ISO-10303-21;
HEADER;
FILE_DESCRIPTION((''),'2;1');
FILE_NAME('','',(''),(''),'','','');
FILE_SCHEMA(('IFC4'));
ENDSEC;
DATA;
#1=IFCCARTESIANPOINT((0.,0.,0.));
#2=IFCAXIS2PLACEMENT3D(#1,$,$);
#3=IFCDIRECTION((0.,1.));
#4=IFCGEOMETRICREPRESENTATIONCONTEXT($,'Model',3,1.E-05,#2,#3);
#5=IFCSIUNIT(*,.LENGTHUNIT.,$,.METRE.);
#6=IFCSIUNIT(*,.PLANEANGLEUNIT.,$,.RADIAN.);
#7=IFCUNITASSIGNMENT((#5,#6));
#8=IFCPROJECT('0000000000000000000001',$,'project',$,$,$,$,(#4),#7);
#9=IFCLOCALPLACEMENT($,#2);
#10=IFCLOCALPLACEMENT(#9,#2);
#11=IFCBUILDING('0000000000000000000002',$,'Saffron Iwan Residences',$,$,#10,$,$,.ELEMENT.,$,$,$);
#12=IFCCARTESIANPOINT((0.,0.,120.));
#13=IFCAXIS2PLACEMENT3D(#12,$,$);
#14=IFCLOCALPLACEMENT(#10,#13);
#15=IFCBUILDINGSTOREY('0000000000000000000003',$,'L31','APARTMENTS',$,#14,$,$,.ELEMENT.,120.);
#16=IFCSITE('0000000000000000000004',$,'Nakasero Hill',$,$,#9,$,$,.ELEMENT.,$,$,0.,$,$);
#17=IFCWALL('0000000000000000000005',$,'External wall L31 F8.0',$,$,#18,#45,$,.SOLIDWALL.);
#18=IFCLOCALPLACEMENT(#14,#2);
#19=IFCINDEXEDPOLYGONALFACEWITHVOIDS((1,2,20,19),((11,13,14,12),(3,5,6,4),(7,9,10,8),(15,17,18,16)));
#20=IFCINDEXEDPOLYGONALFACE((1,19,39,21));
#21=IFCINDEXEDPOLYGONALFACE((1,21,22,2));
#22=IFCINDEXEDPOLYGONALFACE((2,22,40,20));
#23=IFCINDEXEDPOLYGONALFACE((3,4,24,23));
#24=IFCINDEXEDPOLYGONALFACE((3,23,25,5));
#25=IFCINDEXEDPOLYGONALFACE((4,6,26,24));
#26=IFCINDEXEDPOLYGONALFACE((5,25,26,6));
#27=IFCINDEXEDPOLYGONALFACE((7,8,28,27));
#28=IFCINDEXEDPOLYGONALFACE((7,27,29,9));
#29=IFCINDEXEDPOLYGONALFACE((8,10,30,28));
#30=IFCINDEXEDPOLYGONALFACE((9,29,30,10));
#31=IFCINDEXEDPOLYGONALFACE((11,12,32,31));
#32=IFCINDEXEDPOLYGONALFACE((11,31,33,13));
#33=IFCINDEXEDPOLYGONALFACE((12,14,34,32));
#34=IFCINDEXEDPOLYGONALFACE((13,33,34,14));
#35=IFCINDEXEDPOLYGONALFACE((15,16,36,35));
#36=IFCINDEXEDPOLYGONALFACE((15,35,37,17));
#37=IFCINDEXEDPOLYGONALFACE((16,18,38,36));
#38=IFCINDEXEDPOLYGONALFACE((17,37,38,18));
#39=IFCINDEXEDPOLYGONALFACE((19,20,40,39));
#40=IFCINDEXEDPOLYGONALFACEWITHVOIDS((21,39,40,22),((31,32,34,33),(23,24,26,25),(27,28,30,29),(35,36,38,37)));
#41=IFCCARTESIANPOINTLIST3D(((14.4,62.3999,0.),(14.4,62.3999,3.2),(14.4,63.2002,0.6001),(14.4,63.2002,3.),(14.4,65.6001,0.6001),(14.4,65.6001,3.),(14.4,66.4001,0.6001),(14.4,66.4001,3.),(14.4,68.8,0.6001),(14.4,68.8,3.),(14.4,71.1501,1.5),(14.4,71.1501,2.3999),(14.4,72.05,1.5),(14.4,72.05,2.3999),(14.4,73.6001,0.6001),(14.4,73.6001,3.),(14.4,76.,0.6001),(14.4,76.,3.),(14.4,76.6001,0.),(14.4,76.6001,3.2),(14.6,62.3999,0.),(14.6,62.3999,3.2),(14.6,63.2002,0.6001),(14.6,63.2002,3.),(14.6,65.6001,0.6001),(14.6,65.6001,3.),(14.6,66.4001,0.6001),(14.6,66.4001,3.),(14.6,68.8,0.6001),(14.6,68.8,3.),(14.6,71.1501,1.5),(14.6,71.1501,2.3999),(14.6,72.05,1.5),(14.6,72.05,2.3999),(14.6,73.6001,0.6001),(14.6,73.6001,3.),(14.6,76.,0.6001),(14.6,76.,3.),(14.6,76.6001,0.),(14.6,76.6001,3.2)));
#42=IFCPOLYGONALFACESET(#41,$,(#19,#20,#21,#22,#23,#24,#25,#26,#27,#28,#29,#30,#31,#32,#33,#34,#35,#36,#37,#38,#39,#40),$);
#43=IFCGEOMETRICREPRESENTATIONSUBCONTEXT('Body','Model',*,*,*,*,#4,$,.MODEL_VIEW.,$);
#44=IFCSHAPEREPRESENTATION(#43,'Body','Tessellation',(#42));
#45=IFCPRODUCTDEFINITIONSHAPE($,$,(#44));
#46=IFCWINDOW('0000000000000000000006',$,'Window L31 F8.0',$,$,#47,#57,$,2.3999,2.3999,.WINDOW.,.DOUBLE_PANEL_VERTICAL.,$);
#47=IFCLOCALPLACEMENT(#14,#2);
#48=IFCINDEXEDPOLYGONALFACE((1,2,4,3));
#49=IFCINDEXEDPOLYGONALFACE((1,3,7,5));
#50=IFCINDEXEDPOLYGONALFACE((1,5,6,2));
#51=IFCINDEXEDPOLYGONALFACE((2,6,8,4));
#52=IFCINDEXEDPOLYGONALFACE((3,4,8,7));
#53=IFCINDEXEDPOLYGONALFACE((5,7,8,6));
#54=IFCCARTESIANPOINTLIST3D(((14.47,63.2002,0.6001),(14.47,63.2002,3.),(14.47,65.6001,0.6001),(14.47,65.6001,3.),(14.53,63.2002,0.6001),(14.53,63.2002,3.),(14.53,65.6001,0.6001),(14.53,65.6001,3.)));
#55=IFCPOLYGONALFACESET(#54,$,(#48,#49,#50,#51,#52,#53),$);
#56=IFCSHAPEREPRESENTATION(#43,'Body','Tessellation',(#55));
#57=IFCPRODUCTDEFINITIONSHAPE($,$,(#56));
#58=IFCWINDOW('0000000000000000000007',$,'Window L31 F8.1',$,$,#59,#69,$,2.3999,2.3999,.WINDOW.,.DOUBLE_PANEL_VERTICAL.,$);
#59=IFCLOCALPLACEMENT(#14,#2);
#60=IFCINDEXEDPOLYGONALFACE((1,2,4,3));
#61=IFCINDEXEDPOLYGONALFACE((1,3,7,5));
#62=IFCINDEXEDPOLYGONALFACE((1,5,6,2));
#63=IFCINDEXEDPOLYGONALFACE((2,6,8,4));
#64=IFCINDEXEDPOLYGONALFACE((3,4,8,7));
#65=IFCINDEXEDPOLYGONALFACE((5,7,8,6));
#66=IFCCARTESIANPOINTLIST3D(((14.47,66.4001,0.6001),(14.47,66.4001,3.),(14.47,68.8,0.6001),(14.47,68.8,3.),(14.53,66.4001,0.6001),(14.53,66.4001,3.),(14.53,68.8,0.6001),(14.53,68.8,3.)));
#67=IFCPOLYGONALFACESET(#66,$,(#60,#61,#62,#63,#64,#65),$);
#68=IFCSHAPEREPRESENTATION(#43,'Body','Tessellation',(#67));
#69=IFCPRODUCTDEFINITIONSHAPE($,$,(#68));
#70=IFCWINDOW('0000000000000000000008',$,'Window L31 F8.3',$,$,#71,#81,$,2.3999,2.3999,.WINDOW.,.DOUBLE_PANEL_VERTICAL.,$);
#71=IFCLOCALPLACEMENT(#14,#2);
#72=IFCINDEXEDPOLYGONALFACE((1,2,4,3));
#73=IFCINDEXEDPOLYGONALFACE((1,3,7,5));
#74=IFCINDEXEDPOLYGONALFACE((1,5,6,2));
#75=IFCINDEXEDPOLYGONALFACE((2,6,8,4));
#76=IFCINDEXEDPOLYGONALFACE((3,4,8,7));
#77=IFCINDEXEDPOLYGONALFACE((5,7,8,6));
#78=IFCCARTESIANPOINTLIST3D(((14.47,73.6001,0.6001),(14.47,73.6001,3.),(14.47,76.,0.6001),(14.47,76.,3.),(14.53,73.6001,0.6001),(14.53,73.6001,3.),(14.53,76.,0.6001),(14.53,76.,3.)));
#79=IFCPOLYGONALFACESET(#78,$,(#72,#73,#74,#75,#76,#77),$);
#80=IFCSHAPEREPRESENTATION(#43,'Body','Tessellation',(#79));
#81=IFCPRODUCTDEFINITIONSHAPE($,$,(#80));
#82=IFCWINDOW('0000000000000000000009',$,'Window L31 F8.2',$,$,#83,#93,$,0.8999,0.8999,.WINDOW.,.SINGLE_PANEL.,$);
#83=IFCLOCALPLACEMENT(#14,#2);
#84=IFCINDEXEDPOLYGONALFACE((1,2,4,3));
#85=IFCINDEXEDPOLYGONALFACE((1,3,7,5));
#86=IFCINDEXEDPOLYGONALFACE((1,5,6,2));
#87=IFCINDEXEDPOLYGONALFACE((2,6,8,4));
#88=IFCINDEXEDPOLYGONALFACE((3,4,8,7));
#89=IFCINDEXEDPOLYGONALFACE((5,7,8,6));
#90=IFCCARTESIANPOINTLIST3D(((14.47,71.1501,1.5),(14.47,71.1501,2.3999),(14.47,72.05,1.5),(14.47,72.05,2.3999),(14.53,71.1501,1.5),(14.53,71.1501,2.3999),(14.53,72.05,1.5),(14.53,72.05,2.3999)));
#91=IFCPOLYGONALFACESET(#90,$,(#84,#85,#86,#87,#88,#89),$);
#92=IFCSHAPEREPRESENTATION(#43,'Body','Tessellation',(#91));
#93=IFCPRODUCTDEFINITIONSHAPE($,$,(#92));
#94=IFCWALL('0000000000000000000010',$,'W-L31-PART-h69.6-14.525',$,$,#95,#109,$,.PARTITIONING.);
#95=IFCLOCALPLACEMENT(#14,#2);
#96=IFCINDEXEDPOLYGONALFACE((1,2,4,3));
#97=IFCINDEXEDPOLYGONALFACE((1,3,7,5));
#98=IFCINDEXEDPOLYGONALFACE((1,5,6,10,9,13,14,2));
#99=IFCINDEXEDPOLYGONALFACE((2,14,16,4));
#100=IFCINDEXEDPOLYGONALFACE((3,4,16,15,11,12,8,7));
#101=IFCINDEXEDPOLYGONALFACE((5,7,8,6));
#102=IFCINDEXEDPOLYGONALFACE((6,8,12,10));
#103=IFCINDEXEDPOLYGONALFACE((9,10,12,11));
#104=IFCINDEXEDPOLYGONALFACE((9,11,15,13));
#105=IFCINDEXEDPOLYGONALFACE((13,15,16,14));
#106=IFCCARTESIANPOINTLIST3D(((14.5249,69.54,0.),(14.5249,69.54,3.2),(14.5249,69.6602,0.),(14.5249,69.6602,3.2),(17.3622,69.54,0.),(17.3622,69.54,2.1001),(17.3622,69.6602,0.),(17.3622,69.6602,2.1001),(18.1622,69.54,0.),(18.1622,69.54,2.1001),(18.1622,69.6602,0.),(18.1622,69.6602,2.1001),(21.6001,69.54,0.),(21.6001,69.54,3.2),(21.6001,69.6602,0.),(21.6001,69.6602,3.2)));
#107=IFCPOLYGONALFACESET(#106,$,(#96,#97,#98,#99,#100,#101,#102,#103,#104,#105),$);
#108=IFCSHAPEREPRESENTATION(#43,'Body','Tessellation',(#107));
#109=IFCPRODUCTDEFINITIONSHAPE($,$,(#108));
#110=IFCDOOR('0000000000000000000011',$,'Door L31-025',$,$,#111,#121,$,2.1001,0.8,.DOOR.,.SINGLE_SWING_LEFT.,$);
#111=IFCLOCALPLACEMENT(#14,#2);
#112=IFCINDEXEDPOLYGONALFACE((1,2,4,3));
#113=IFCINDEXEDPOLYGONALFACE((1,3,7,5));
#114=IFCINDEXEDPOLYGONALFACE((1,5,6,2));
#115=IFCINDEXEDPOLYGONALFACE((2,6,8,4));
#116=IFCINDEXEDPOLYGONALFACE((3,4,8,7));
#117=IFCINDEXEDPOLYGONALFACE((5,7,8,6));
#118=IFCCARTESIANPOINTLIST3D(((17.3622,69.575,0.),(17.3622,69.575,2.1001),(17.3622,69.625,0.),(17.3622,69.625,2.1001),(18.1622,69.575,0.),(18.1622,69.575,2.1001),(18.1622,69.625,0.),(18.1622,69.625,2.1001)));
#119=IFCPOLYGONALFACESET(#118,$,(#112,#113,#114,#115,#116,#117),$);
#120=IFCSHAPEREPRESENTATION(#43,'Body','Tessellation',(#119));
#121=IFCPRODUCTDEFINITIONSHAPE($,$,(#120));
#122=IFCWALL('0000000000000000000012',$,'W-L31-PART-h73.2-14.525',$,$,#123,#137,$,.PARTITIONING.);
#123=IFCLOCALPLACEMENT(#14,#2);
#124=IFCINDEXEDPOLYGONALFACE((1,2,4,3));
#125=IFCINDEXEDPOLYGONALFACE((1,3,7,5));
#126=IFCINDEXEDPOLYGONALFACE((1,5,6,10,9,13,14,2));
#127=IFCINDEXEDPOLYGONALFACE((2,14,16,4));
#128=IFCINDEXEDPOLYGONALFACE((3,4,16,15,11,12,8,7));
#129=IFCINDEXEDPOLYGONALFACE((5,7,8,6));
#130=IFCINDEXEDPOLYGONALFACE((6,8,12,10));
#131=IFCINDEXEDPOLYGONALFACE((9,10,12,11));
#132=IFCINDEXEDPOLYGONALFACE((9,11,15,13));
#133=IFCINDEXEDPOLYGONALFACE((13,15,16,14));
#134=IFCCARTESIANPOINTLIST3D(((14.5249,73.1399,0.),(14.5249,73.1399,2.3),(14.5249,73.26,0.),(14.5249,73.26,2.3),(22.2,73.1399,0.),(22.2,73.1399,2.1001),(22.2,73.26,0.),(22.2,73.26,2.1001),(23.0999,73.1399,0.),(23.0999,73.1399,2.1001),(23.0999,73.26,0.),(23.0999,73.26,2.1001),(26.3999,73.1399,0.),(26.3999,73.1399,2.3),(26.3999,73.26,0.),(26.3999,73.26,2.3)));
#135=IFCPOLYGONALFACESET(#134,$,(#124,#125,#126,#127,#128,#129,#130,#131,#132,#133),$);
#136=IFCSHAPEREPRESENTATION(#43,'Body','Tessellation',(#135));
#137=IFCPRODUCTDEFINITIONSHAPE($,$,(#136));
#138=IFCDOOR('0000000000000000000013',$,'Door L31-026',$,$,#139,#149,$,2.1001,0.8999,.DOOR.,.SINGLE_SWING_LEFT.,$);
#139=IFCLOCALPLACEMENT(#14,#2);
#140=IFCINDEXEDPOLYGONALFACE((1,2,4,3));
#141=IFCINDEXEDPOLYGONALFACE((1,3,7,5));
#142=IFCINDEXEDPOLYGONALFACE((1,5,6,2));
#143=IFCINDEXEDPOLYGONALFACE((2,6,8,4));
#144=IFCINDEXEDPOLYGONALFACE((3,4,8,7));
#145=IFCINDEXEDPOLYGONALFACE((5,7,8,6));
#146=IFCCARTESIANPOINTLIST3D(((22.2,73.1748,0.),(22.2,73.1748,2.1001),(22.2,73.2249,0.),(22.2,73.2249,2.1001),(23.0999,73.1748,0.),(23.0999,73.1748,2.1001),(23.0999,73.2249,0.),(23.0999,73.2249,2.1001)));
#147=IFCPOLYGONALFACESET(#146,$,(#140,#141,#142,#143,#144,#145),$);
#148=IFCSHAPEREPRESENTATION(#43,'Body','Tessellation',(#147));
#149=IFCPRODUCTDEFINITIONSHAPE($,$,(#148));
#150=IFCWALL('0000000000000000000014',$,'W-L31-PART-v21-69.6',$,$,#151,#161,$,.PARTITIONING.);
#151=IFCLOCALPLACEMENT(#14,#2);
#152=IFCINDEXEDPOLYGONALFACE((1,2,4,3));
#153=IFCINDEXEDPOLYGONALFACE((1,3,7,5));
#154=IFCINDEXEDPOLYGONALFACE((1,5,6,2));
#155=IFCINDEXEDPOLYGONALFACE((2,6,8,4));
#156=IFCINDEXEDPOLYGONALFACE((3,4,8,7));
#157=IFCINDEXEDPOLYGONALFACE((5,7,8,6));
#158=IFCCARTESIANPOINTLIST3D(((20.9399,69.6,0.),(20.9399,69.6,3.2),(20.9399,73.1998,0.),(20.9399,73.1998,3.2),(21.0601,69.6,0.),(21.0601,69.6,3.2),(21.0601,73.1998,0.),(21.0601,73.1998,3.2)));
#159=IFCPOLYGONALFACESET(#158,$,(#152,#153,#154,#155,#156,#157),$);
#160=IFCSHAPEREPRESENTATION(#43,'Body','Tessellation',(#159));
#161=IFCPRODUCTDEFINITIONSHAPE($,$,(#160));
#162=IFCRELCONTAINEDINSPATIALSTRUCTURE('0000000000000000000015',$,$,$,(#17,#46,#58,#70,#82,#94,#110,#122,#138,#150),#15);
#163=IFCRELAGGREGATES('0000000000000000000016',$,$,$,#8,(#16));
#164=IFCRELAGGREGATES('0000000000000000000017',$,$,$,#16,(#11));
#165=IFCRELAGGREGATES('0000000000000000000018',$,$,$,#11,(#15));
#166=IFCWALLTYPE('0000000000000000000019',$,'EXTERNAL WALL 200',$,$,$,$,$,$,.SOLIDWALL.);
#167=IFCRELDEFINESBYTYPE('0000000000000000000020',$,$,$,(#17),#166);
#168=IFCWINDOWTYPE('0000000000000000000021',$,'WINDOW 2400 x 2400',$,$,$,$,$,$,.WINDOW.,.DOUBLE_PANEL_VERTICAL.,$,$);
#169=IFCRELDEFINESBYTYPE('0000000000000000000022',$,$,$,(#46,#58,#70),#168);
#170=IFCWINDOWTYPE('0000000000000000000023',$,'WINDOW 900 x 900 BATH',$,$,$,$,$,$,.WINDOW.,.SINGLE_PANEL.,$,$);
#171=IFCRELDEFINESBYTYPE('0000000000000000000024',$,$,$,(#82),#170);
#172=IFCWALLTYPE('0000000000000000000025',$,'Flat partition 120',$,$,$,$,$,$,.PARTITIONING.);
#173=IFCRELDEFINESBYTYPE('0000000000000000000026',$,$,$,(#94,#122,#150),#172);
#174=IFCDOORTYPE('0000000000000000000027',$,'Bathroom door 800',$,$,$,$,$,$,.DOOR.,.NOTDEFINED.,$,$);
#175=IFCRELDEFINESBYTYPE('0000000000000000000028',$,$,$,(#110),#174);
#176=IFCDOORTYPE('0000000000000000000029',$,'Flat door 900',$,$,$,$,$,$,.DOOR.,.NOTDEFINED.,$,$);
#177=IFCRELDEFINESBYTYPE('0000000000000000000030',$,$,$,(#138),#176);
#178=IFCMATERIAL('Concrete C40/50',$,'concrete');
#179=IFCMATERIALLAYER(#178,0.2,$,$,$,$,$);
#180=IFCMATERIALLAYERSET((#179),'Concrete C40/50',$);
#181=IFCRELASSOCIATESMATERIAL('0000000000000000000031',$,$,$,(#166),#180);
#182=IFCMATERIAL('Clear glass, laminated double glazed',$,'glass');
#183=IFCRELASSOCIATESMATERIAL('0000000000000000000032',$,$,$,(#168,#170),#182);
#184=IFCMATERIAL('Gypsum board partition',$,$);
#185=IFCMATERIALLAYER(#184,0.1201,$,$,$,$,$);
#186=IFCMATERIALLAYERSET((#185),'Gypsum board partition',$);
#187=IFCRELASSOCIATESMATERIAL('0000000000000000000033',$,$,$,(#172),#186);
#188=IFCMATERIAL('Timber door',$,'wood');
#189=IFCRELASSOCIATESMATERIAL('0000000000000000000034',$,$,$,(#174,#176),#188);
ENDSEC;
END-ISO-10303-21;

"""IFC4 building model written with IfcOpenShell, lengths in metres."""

from ifc_helpers import new_model, si_unit, direction, frame, frame_2d, origin, place, context, subcontext, project, spatial, rectangle, extrude, material, layer, layer_set, type_object, element, fill, save


model = new_model("IFC4")

# Units and contexts
model_context = context("Model", 3, precision=1e-05, world=origin(), true_north=direction((0.0, 1.0)))
body_context = subcontext(model_context, "Body", "Model", "MODEL_VIEW")
ifc_project = project(units=[si_unit("LENGTHUNIT", "METRE"), si_unit("PLANEANGLEUNIT", "RADIAN")], contexts=[model_context])

# Site, building, storey
site_placement = place(None, origin())
site = spatial("IfcSite", under=ifc_project, at=site_placement, Name="Nakasero Hill", CompositionType="ELEMENT", RefElevation=0.0)
building_placement = place(site_placement, origin())
building = spatial("IfcBuilding", under=site, at=building_placement, Name="Saffron Iwan Residences", CompositionType="ELEMENT")
storey_placement = place(building_placement, frame((0.0, 0.0, 120.0)))
storey = spatial("IfcBuildingStorey", under=building, at=storey_placement, Name="L31", Description="APARTMENTS", CompositionType="ELEMENT", Elevation=120.0)

# Shared definitions
ifc_material_1 = material(Name="Concrete C40/50", Category="concrete")
ifc_layer_1 = layer(ifc_material_1, 0.2)
ifc_layer_set_1 = layer_set([ifc_layer_1], Name="Concrete C40/50")
wall_type_1 = type_object("IfcWallType", Name="EXTERNAL WALL 200", PredefinedType="SOLIDWALL", material=ifc_layer_set_1)
ifc_material_2 = material(Name="Clear glass, laminated double glazed", Category="glass")
window_type_1 = type_object("IfcWindowType", Name="WINDOW 2400 x 2400", PartitioningType="DOUBLE_PANEL_VERTICAL", PredefinedType="WINDOW", material=ifc_material_2)

# Wall, openings, windows
wall_1_placement = place(storey_placement, frame((14.5, 76.6001, 0.0), z_axis=(0.0, 0.0, 1.0), x_axis=(0.0, -1.0, 0.0)))
wall_1 = element("IfcWall", 1, at=wall_1_placement, inside=storey, type_object=wall_type_1, Name="External wall L31 F8.0", PredefinedType="SOLIDWALL", context=body_context, shape_type="SweptSolid", body=[
    extrude(rectangle(XDim=14.2002, YDim=0.2, at=frame_2d((7.1001, 0.0))), origin(), (0.0, 0.0, 1.0), 3.2),
])
opening_1_placement = place(wall_1_placement, frame((11.0, 0.0, 0.6001)))
opening_1 = element("IfcOpeningElement", 2, at=opening_1_placement, cuts=wall_1, PredefinedType="OPENING", context=body_context, shape_type="SweptSolid", body=[
    extrude(rectangle(XDim=2.3999, YDim=2.3999, at=frame_2d((1.2, 1.2))), frame((0.0, 0.1099, 0.0), z_axis=(0.0, -1.0, 0.0), x_axis=(1.0, 0.0, 0.0)), (0.0, 0.0, 1.0), 0.22),
])
opening_2_placement = place(wall_1_placement, frame((7.8, 0.0, 0.6001)))
opening_2 = element("IfcOpeningElement", 3, at=opening_2_placement, cuts=wall_1, PredefinedType="OPENING", context=body_context, shape_type="SweptSolid", body=[
    extrude(rectangle(XDim=2.3999, YDim=2.3999, at=frame_2d((1.2, 1.2))), frame((0.0, 0.1099, 0.0), z_axis=(0.0, -1.0, 0.0), x_axis=(1.0, 0.0, 0.0)), (0.0, 0.0, 1.0), 0.22),
])
opening_3_placement = place(wall_1_placement, frame((4.55, 0.0, 1.5)))
opening_3 = element("IfcOpeningElement", 4, at=opening_3_placement, cuts=wall_1, PredefinedType="OPENING", context=body_context, shape_type="SweptSolid", body=[
    extrude(rectangle(XDim=0.8999, YDim=0.8999, at=frame_2d((0.45, 0.45))), frame((0.0, 0.1099, 0.0), z_axis=(0.0, -1.0, 0.0), x_axis=(1.0, 0.0, 0.0)), (0.0, 0.0, 1.0), 0.22),
])
opening_4_placement = place(wall_1_placement, frame((0.6001, 0.0, 0.6001)))
opening_4 = element("IfcOpeningElement", 5, at=opening_4_placement, cuts=wall_1, PredefinedType="OPENING", context=body_context, shape_type="SweptSolid", body=[
    extrude(rectangle(XDim=2.3999, YDim=2.3999, at=frame_2d((1.2, 1.2))), frame((0.0, 0.1099, 0.0), z_axis=(0.0, -1.0, 0.0), x_axis=(1.0, 0.0, 0.0)), (0.0, 0.0, 1.0), 0.22),
])
window_1_placement = place(opening_1_placement, origin())
window_1 = element("IfcWindow", 6, at=window_1_placement, inside=storey, type_object=window_type_1, Name="Window L31 F8.0", OverallHeight=2.3999, OverallWidth=2.3999, PartitioningType="DOUBLE_PANEL_VERTICAL", PredefinedType="WINDOW", context=body_context, shape_type="SweptSolid", body=[
    extrude(rectangle(XDim=2.3999, YDim=2.3999, at=frame_2d((1.2, 1.2))), frame((0.0, 0.03, 0.0), z_axis=(0.0, -1.0, 0.0), x_axis=(1.0, 0.0, 0.0)), (0.0, 0.0, 1.0), 0.0601),
])
fill(opening_1, window_1)
window_2_placement = place(opening_2_placement, origin())
window_2 = element("IfcWindow", 7, at=window_2_placement, inside=storey, type_object=window_type_1, Name="Window L31 F8.1", OverallHeight=2.3999, OverallWidth=2.3999, PartitioningType="DOUBLE_PANEL_VERTICAL", PredefinedType="WINDOW", context=body_context, shape_type="SweptSolid", body=[
    extrude(rectangle(XDim=2.3999, YDim=2.3999, at=frame_2d((1.2, 1.2))), frame((0.0, 0.03, 0.0), z_axis=(0.0, -1.0, 0.0), x_axis=(1.0, 0.0, 0.0)), (0.0, 0.0, 1.0), 0.0601),
])
fill(opening_2, window_2)
window_3_placement = place(opening_4_placement, origin())
window_3 = element("IfcWindow", 8, at=window_3_placement, inside=storey, type_object=window_type_1, Name="Window L31 F8.3", OverallHeight=2.3999, OverallWidth=2.3999, PartitioningType="DOUBLE_PANEL_VERTICAL", PredefinedType="WINDOW", context=body_context, shape_type="SweptSolid", body=[
    extrude(rectangle(XDim=2.3999, YDim=2.3999, at=frame_2d((1.2, 1.2))), frame((0.0, 0.03, 0.0), z_axis=(0.0, -1.0, 0.0), x_axis=(1.0, 0.0, 0.0)), (0.0, 0.0, 1.0), 0.0601),
])
fill(opening_4, window_3)
window_type_2 = type_object("IfcWindowType", Name="WINDOW 900 x 900 BATH", PartitioningType="SINGLE_PANEL", PredefinedType="WINDOW", material=ifc_material_2)
window_4_placement = place(opening_3_placement, origin())
window_4 = element("IfcWindow", 9, at=window_4_placement, inside=storey, type_object=window_type_2, Name="Window L31 F8.2", OverallHeight=0.8999, OverallWidth=0.8999, PartitioningType="SINGLE_PANEL", PredefinedType="WINDOW", context=body_context, shape_type="SweptSolid", body=[
    extrude(rectangle(XDim=0.8999, YDim=0.8999, at=frame_2d((0.45, 0.45))), frame((0.0, 0.03, 0.0), z_axis=(0.0, -1.0, 0.0), x_axis=(1.0, 0.0, 0.0)), (0.0, 0.0, 1.0), 0.0601),
])
fill(opening_3, window_4)

# Walls, openings, doors
ifc_material_3 = material(Name="Gypsum board partition")
ifc_layer_2 = layer(ifc_material_3, 0.1201)
ifc_layer_set_2 = layer_set([ifc_layer_2], Name="Gypsum board partition")
wall_type_2 = type_object("IfcWallType", Name="Flat partition 120", PredefinedType="PARTITIONING", material=ifc_layer_set_2)
wall_2_placement = place(storey_placement, frame((14.5249, 69.6001, 0.0), z_axis=(0.0, 0.0, 1.0), x_axis=(1.0, 0.0, 0.0)))
wall_2 = element("IfcWall", 10, at=wall_2_placement, inside=storey, type_object=wall_type_2, Name="W-L31-PART-h69.6-14.525", PredefinedType="PARTITIONING", context=body_context, shape_type="SweptSolid", body=[
    extrude(rectangle(XDim=7.0752, YDim=0.1201, at=frame_2d((3.5376, 0.0))), origin(), (0.0, 0.0, 1.0), 3.2),
])
opening_5_placement = place(wall_2_placement, frame((2.8374, 0.0, 0.0)))
opening_5 = element("IfcOpeningElement", 11, at=opening_5_placement, cuts=wall_2, PredefinedType="OPENING", context=body_context, shape_type="SweptSolid", body=[
    extrude(rectangle(XDim=0.8, YDim=2.1001, at=frame_2d((0.3999, 1.05))), frame((0.0, 0.0701, 0.0), z_axis=(0.0, -1.0, 0.0), x_axis=(1.0, 0.0, 0.0)), (0.0, 0.0, 1.0), 0.1401),
])
ifc_material_4 = material(Name="Timber door", Category="wood")
door_type_1 = type_object("IfcDoorType", Name="Bathroom door 800", OperationType="NOTDEFINED", PredefinedType="DOOR", material=ifc_material_4)
door_1_placement = place(opening_5_placement, origin())
door_1 = element("IfcDoor", 12, at=door_1_placement, inside=storey, type_object=door_type_1, Name="Door L31-025", OperationType="SINGLE_SWING_LEFT", OverallHeight=2.1001, OverallWidth=0.8, PredefinedType="DOOR", context=body_context, shape_type="SweptSolid", body=[
    extrude(rectangle(XDim=0.8, YDim=2.1001, at=frame_2d((0.3999, 1.05))), frame((0.0, 0.0249, 0.0), z_axis=(0.0, -1.0, 0.0), x_axis=(1.0, 0.0, 0.0)), (0.0, 0.0, 1.0), 0.05),
])
fill(opening_5, door_1)
wall_3_placement = place(storey_placement, frame((14.5249, 73.2, 0.0), z_axis=(0.0, 0.0, 1.0), x_axis=(1.0, 0.0, 0.0)))
wall_3 = element("IfcWall", 13, at=wall_3_placement, inside=storey, type_object=wall_type_2, Name="W-L31-PART-h73.2-14.525", PredefinedType="PARTITIONING", context=body_context, shape_type="SweptSolid", body=[
    extrude(rectangle(XDim=11.875, YDim=0.1201, at=frame_2d((5.9375, 0.0))), origin(), (0.0, 0.0, 1.0), 2.3),
])
opening_6_placement = place(wall_3_placement, frame((7.675, 0.0, 0.0)))
opening_6 = element("IfcOpeningElement", 14, at=opening_6_placement, cuts=wall_3, PredefinedType="OPENING", context=body_context, shape_type="SweptSolid", body=[
    extrude(rectangle(XDim=0.8999, YDim=2.1001, at=frame_2d((0.45, 1.05))), frame((0.0, 0.0701, 0.0), z_axis=(0.0, -1.0, 0.0), x_axis=(1.0, 0.0, 0.0)), (0.0, 0.0, 1.0), 0.1401),
])
door_type_2 = type_object("IfcDoorType", Name="Flat door 900", OperationType="NOTDEFINED", PredefinedType="DOOR", material=ifc_material_4)
door_2_placement = place(opening_6_placement, origin())
door_2 = element("IfcDoor", 15, at=door_2_placement, inside=storey, type_object=door_type_2, Name="Door L31-026", OperationType="SINGLE_SWING_LEFT", OverallHeight=2.1001, OverallWidth=0.8999, PredefinedType="DOOR", context=body_context, shape_type="SweptSolid", body=[
    extrude(rectangle(XDim=0.8999, YDim=2.1001, at=frame_2d((0.45, 1.05))), frame((0.0, 0.0249, 0.0), z_axis=(0.0, -1.0, 0.0), x_axis=(1.0, 0.0, 0.0)), (0.0, 0.0, 1.0), 0.05),
])
fill(opening_6, door_2)

# Wall
wall_4_placement = place(storey_placement, frame((21.0, 69.6001, 0.0), z_axis=(0.0, 0.0, 1.0), x_axis=(0.0, 1.0, 0.0)))
element("IfcWall", 16, at=wall_4_placement, inside=storey, type_object=wall_type_2, Name="W-L31-PART-v21-69.6", PredefinedType="PARTITIONING", context=body_context, shape_type="SweptSolid", body=[
    extrude(rectangle(XDim=3.5999, YDim=0.1201, at=frame_2d((1.7998, 0.0))), origin(), (0.0, 0.0, 1.0), 3.2),
])

save(model, "model.ifc")
